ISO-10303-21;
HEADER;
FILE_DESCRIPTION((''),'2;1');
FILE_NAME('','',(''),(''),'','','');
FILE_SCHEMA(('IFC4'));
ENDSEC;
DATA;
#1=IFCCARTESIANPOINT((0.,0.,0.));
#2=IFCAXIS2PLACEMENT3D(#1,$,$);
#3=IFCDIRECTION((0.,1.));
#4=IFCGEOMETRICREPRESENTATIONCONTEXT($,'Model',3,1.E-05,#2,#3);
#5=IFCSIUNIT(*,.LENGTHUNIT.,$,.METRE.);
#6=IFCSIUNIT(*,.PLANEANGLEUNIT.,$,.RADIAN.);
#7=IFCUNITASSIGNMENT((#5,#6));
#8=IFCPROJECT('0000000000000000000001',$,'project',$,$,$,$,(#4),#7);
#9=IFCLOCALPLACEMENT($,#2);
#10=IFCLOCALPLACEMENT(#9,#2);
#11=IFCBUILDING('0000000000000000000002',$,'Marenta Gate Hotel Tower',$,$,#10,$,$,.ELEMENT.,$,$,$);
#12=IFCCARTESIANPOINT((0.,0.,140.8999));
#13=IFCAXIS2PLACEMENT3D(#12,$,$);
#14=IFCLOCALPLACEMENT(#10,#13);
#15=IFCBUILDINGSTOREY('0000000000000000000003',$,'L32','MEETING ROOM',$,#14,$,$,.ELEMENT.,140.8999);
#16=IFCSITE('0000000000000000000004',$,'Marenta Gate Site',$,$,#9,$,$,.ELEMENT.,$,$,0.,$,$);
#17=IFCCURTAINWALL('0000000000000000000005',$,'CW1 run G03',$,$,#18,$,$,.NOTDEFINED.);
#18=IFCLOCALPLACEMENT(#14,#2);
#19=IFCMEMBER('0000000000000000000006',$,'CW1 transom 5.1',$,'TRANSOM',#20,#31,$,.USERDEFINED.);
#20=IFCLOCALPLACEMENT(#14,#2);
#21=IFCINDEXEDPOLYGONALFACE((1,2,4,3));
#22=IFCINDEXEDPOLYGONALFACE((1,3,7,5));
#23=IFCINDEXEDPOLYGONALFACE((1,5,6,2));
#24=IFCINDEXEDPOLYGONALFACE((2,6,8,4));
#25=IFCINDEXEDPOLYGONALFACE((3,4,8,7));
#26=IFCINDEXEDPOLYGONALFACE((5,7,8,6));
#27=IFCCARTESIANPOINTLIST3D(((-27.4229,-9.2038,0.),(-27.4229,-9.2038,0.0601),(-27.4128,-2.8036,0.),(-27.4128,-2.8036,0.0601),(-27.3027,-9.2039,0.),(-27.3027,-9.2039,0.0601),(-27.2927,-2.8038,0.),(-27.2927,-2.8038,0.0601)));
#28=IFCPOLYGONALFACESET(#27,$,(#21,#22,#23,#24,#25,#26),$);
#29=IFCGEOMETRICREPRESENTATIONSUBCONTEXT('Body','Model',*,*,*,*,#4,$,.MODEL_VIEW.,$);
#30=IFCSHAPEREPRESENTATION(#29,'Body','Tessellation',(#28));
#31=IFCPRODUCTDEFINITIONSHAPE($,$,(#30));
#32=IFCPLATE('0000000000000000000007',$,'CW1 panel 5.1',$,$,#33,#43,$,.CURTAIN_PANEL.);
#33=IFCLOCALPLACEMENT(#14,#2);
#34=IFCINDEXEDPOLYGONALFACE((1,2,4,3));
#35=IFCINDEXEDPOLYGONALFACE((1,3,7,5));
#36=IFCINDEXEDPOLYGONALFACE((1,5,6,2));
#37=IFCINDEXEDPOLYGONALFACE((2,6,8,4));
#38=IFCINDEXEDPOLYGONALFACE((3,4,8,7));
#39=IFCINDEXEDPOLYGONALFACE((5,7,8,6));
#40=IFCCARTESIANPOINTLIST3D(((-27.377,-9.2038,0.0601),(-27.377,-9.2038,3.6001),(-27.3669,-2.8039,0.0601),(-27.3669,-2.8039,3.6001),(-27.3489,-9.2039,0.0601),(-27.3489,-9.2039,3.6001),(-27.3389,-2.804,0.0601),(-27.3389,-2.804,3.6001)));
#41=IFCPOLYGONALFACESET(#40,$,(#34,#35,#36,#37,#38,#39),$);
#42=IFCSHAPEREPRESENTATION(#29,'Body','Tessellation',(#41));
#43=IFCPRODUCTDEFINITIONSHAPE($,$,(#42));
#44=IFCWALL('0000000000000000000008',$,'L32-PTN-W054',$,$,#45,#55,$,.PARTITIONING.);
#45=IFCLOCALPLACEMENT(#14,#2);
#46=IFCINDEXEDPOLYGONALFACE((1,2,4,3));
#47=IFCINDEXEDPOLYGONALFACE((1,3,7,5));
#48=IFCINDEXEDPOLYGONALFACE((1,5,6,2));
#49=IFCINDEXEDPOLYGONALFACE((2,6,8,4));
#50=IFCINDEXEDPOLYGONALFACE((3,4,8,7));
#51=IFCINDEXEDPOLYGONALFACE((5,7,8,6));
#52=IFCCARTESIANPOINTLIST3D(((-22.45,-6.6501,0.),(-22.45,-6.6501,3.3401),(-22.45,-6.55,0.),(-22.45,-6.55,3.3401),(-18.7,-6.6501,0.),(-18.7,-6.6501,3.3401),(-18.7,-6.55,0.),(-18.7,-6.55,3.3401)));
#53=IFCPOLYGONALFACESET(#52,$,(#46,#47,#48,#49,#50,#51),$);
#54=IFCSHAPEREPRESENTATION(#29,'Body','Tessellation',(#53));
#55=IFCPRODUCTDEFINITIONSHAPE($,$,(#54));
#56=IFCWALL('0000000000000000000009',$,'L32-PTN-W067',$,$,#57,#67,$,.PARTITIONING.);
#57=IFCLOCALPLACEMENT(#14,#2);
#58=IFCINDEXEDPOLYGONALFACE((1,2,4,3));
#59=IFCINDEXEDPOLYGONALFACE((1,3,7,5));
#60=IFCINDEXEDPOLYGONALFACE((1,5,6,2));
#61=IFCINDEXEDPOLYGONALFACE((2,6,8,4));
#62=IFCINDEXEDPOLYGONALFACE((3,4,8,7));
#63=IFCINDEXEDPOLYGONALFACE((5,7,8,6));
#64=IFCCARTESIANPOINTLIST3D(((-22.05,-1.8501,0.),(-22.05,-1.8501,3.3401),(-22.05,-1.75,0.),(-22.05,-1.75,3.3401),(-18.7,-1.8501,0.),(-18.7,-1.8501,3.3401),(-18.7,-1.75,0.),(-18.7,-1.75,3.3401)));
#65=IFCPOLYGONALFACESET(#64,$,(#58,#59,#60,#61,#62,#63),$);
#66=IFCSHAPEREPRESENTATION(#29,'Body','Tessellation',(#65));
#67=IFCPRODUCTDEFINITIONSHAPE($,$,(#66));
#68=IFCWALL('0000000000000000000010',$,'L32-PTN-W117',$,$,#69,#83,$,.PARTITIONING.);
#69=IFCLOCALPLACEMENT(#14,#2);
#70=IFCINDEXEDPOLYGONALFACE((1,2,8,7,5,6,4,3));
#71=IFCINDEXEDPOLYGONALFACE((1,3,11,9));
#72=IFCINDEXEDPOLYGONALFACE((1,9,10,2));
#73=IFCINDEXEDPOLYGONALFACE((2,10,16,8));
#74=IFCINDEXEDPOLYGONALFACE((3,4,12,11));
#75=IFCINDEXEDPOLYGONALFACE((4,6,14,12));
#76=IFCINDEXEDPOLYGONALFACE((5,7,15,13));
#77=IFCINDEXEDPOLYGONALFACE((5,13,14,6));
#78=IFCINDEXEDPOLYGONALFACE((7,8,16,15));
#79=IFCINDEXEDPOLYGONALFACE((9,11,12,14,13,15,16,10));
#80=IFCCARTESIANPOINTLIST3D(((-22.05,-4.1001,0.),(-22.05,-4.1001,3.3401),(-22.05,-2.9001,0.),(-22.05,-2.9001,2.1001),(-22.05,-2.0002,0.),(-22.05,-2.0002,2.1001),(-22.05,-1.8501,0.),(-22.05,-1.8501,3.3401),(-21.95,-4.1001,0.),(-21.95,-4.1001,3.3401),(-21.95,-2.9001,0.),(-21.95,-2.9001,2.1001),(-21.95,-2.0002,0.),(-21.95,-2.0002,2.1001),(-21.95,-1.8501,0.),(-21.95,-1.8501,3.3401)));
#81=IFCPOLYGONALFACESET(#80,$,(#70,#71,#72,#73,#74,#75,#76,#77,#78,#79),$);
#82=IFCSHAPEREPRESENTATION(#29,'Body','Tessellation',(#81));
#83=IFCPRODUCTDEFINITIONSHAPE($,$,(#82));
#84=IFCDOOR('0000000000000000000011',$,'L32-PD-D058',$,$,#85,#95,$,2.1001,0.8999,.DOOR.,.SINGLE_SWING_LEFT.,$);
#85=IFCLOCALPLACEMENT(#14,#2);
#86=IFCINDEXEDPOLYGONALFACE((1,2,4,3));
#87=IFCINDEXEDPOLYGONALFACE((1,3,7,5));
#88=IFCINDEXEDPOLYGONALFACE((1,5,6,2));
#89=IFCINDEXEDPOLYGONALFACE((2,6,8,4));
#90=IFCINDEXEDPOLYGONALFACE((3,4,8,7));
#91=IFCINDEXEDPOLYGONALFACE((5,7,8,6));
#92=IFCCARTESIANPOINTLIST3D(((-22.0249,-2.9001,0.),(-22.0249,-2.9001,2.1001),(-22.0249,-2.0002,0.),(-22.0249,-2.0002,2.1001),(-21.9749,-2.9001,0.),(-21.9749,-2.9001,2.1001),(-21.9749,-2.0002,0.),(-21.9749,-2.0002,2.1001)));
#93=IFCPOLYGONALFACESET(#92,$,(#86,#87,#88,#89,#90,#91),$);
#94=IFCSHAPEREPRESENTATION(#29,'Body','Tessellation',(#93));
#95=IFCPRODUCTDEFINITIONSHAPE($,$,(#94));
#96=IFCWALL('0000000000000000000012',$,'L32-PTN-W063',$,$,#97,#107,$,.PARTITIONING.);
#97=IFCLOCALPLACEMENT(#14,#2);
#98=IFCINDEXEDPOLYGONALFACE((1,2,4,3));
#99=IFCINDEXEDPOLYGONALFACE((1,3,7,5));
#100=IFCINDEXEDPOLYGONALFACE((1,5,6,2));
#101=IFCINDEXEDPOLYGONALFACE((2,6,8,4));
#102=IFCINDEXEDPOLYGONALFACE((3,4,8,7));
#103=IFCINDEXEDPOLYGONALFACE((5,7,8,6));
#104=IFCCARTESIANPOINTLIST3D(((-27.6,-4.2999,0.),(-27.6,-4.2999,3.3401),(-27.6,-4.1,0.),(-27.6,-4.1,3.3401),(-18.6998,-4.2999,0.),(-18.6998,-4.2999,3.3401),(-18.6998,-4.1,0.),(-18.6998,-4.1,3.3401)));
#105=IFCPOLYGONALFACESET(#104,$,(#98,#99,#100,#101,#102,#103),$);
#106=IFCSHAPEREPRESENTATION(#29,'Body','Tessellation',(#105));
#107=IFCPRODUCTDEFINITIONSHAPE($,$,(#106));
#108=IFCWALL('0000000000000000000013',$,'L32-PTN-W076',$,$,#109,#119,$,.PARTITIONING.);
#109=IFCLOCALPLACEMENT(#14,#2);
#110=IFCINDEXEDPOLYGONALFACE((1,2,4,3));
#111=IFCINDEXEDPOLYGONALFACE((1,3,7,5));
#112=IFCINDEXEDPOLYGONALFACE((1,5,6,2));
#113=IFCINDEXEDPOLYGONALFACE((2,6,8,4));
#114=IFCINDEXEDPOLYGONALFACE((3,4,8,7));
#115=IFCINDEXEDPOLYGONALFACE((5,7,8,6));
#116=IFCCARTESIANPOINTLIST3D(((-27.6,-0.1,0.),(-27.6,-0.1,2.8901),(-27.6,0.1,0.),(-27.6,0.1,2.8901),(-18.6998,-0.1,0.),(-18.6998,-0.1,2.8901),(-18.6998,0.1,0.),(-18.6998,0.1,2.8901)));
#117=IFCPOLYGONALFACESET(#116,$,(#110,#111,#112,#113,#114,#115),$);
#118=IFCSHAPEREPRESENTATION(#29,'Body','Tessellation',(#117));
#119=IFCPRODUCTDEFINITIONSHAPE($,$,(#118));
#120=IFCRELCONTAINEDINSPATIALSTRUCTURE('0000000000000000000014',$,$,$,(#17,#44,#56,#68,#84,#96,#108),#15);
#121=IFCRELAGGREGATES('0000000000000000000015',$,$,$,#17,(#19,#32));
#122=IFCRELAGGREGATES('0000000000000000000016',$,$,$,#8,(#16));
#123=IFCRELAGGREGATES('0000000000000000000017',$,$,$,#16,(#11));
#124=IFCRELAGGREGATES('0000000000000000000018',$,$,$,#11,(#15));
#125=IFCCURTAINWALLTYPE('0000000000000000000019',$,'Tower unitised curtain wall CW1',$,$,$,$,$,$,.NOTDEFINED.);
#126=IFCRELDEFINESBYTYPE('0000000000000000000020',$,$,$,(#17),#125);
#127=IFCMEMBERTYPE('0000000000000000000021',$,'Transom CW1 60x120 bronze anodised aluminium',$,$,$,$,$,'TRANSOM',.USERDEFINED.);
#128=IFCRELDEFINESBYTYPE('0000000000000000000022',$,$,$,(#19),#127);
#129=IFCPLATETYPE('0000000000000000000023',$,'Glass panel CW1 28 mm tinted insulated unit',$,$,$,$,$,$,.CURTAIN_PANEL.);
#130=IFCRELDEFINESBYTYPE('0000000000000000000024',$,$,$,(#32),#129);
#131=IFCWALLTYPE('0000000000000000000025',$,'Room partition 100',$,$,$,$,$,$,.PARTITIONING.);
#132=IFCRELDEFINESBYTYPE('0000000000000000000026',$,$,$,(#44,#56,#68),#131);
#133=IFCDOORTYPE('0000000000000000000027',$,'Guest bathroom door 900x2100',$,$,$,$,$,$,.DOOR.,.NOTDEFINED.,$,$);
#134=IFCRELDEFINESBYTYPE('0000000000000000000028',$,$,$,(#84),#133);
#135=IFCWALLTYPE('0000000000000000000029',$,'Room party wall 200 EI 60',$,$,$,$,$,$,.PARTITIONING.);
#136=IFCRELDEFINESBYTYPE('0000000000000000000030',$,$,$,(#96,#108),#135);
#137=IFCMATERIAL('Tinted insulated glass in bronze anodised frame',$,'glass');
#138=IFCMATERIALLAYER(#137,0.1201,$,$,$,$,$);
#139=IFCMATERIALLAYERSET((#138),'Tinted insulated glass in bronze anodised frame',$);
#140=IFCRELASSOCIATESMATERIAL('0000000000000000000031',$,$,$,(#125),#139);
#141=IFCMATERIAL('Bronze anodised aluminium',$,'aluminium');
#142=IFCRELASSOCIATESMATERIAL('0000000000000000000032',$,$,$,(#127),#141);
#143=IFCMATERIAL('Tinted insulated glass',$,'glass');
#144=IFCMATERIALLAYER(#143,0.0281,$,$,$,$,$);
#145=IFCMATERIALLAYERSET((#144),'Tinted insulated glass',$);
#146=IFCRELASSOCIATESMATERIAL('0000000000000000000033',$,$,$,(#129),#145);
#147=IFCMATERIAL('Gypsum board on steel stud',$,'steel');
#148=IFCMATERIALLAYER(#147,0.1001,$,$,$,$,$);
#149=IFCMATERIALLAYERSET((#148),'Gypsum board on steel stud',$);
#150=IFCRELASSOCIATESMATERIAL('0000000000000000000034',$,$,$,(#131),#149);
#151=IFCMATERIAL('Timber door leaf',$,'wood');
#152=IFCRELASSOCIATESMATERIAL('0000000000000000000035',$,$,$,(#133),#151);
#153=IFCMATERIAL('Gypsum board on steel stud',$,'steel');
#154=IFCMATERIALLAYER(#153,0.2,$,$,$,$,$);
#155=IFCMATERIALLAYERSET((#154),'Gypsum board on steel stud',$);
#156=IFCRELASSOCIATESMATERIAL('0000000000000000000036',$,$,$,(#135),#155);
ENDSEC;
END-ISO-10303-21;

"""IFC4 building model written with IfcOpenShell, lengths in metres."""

from ifc_helpers import new_model, si_unit, direction, frame, frame_2d, origin, origin_2d, place, context, subcontext, project, spatial, rectangle, extrude, material, layer, layer_set, material_profile, profile_set, type_object, element, fill, aggregate, save


model = new_model("IFC4")

# Units and contexts
model_context = context("Model", 3, precision=1e-05, world=origin(), true_north=direction((0.0, 1.0)))
body_context = subcontext(model_context, "Body", "Model", "MODEL_VIEW")
ifc_project = project(units=[si_unit("LENGTHUNIT", "METRE"), si_unit("PLANEANGLEUNIT", "RADIAN")], contexts=[model_context])

# Site, building, storey
site_placement = place(None, origin())
site = spatial("IfcSite", under=ifc_project, at=site_placement, Name="Marenta Gate Site", CompositionType="ELEMENT", RefElevation=0.0)
building_placement = place(site_placement, origin())
building = spatial("IfcBuilding", under=site, at=building_placement, Name="Marenta Gate Hotel Tower", CompositionType="ELEMENT")
storey_placement = place(building_placement, frame((0.0, 0.0, 140.8999)))
storey = spatial("IfcBuildingStorey", under=building, at=storey_placement, Name="L32", Description="MEETING ROOM", CompositionType="ELEMENT", Elevation=140.8999)

# Curtain wall, member, plate
ifc_material_1 = material(Name="Tinted insulated glass in bronze anodised frame", Category="glass")
ifc_layer_1 = layer(ifc_material_1, 0.1201)
ifc_layer_set_1 = layer_set([ifc_layer_1], Name="Tinted insulated glass in bronze anodised frame")
curtain_wall_type = type_object("IfcCurtainWallType", Name="Tower unitised curtain wall CW1", PredefinedType="NOTDEFINED", material=ifc_layer_set_1)
curtain_wall_placement = place(storey_placement, origin())
curtain_wall = element("IfcCurtainWall", 1, at=curtain_wall_placement, inside=storey, type_object=curtain_wall_type, Name="CW1 run G03", PredefinedType="NOTDEFINED")
ifc_material_2 = material(Name="Bronze anodised aluminium", Category="aluminium")
ifc_material_profile_1 = material_profile(ifc_material_2, rectangle(XDim=0.1201, YDim=0.0601, at=origin_2d()), Name="Transom CW1 60x120 bronze anodised aluminium")
ifc_profile_set_1 = profile_set([ifc_material_profile_1], Name="Bronze anodised aluminium")
member_type_1 = type_object("IfcMemberType", Name="Transom CW1 60x120 bronze anodised aluminium", ElementType="TRANSOM", PredefinedType="USERDEFINED", material=ifc_profile_set_1)
member_1_placement = place(storey_placement, frame((-27.3528, -2.8037, 0.03), z_axis=(-0.001564, -0.999999, 0.0), x_axis=(0.999999, -0.001564, 0.0)))
member_1 = element("IfcMember", 2, at=member_1_placement, type_object=member_type_1, Name="CW1 transom 5.1", ObjectType="TRANSOM", PredefinedType="USERDEFINED", context=body_context, shape_type="SweptSolid", body=[
    extrude(rectangle(XDim=0.1201, YDim=0.0601, at=origin_2d()), origin(), (0.0, 0.0, 1.0), 6.4001),
])
ifc_material_3 = material(Name="Tinted insulated glass", Category="glass")
ifc_layer_2 = layer(ifc_material_3, 0.0281)
ifc_layer_set_2 = layer_set([ifc_layer_2], Name="Tinted insulated glass")
plate_type = type_object("IfcPlateType", Name="Glass panel CW1 28 mm tinted insulated unit", PredefinedType="CURTAIN_PANEL", material=ifc_layer_set_2)
plate_placement = place(storey_placement, frame((-27.3579, -6.0039, 0.0601), z_axis=(0.0, 0.0, 1.0), x_axis=(-0.001566, -0.999999, 0.0)))
plate = element("IfcPlate", 3, at=plate_placement, type_object=plate_type, Name="CW1 panel 5.1", PredefinedType="CURTAIN_PANEL", context=body_context, shape_type="SweptSolid", body=[
    extrude(rectangle(XDim=6.3999, YDim=0.0281, at=origin_2d()), origin(), (0.0, 0.0, 1.0), 3.54),
])
aggregate(curtain_wall, [member_1, plate])

# Walls
ifc_material_4 = material(Name="Gypsum board on steel stud", Category="steel")
ifc_layer_3 = layer(ifc_material_4, 0.1001)
ifc_layer_set_3 = layer_set([ifc_layer_3], Name="Gypsum board on steel stud")
wall_type_1 = type_object("IfcWallType", Name="Room partition 100", PredefinedType="PARTITIONING", material=ifc_layer_set_3)
wall_1_placement = place(storey_placement, frame((-22.45, -6.6001, 0.0), z_axis=(0.0, 0.0, 1.0), x_axis=(1.0, 0.0, 0.0)))
element("IfcWall", 4, at=wall_1_placement, inside=storey, type_object=wall_type_1, Name="L32-PTN-W054", PredefinedType="PARTITIONING", context=body_context, shape_type="SweptSolid", body=[
    extrude(rectangle(XDim=3.75, YDim=0.1001, at=frame_2d((1.875, 0.0))), origin(), (0.0, 0.0, 1.0), 3.3401),
])
wall_2_placement = place(storey_placement, frame((-22.05, -1.8, 0.0), z_axis=(0.0, 0.0, 1.0), x_axis=(1.0, 0.0, 0.0)))
element("IfcWall", 5, at=wall_2_placement, inside=storey, type_object=wall_type_1, Name="L32-PTN-W067", PredefinedType="PARTITIONING", context=body_context, shape_type="SweptSolid", body=[
    extrude(rectangle(XDim=3.3501, YDim=0.1001, at=frame_2d((1.675, 0.0))), origin(), (0.0, 0.0, 1.0), 3.3401),
])

# Wall, opening, door
wall_3_placement = place(storey_placement, frame((-22.0, -4.1001, 0.0), z_axis=(0.0, 0.0, 1.0), x_axis=(0.0, 1.0, 0.0)))
wall_3 = element("IfcWall", 6, at=wall_3_placement, inside=storey, type_object=wall_type_1, Name="L32-PTN-W117", PredefinedType="PARTITIONING", context=body_context, shape_type="SweptSolid", body=[
    extrude(rectangle(XDim=2.25, YDim=0.1001, at=frame_2d((1.125, 0.0))), origin(), (0.0, 0.0, 1.0), 3.3401),
])
opening_1_placement = place(wall_3_placement, frame((1.2, 0.0, 0.0)))
opening_1 = element("IfcOpeningElement", 7, at=opening_1_placement, cuts=wall_3, PredefinedType="OPENING", context=body_context, shape_type="SweptSolid", body=[
    extrude(rectangle(XDim=0.8999, YDim=2.1001, at=frame_2d((0.45, 1.05))), frame((0.0, 0.05, 0.0), z_axis=(0.0, -1.0, 0.0), x_axis=(1.0, 0.0, 0.0)), (0.0, 0.0, 1.0), 0.1001),
])
ifc_material_5 = material(Name="Timber door leaf", Category="wood")
door_type_1 = type_object("IfcDoorType", Name="Guest bathroom door 900x2100", OperationType="NOTDEFINED", PredefinedType="DOOR", material=ifc_material_5)
door_1_placement = place(opening_1_placement, origin())
door_1 = element("IfcDoor", 8, at=door_1_placement, inside=storey, type_object=door_type_1, Name="L32-PD-D058", OperationType="SINGLE_SWING_LEFT", OverallHeight=2.1001, OverallWidth=0.8999, PredefinedType="DOOR", context=body_context, shape_type="SweptSolid", body=[
    extrude(rectangle(XDim=0.8999, YDim=2.1001, at=frame_2d((0.45, 1.05))), frame((0.0, 0.0249, 0.0), z_axis=(0.0, -1.0, 0.0), x_axis=(1.0, 0.0, 0.0)), (0.0, 0.0, 1.0), 0.05),
])
fill(opening_1, door_1)

# Walls
ifc_material_6 = material(Name="Gypsum board on steel stud", Category="steel")
ifc_layer_4 = layer(ifc_material_6, 0.2)
ifc_layer_set_4 = layer_set([ifc_layer_4], Name="Gypsum board on steel stud")
wall_type_2 = type_object("IfcWallType", Name="Room party wall 200 EI 60", PredefinedType="PARTITIONING", material=ifc_layer_set_4)
wall_4_placement = place(storey_placement, frame((-27.6001, -4.2, 0.0), z_axis=(0.0, 0.0, 1.0), x_axis=(1.0, 0.0, 0.0)))
element("IfcWall", 9, at=wall_4_placement, inside=storey, type_object=wall_type_2, Name="L32-PTN-W063", PredefinedType="PARTITIONING", context=body_context, shape_type="SweptSolid", body=[
    extrude(rectangle(XDim=8.9001, YDim=0.2, at=frame_2d((4.4502, 0.0))), origin(), (0.0, 0.0, 1.0), 3.3401),
])
wall_5_placement = place(storey_placement, frame((-27.6001, 0.0, 0.0), z_axis=(0.0, 0.0, 1.0), x_axis=(1.0, 0.0, 0.0)))
element("IfcWall", 10, at=wall_5_placement, inside=storey, type_object=wall_type_2, Name="L32-PTN-W076", PredefinedType="PARTITIONING", context=body_context, shape_type="SweptSolid", body=[
    extrude(rectangle(XDim=8.9001, YDim=0.2, at=frame_2d((4.4502, 0.0))), origin(), (0.0, 0.0, 1.0), 2.8901),
])

save(model, "model.ifc")
